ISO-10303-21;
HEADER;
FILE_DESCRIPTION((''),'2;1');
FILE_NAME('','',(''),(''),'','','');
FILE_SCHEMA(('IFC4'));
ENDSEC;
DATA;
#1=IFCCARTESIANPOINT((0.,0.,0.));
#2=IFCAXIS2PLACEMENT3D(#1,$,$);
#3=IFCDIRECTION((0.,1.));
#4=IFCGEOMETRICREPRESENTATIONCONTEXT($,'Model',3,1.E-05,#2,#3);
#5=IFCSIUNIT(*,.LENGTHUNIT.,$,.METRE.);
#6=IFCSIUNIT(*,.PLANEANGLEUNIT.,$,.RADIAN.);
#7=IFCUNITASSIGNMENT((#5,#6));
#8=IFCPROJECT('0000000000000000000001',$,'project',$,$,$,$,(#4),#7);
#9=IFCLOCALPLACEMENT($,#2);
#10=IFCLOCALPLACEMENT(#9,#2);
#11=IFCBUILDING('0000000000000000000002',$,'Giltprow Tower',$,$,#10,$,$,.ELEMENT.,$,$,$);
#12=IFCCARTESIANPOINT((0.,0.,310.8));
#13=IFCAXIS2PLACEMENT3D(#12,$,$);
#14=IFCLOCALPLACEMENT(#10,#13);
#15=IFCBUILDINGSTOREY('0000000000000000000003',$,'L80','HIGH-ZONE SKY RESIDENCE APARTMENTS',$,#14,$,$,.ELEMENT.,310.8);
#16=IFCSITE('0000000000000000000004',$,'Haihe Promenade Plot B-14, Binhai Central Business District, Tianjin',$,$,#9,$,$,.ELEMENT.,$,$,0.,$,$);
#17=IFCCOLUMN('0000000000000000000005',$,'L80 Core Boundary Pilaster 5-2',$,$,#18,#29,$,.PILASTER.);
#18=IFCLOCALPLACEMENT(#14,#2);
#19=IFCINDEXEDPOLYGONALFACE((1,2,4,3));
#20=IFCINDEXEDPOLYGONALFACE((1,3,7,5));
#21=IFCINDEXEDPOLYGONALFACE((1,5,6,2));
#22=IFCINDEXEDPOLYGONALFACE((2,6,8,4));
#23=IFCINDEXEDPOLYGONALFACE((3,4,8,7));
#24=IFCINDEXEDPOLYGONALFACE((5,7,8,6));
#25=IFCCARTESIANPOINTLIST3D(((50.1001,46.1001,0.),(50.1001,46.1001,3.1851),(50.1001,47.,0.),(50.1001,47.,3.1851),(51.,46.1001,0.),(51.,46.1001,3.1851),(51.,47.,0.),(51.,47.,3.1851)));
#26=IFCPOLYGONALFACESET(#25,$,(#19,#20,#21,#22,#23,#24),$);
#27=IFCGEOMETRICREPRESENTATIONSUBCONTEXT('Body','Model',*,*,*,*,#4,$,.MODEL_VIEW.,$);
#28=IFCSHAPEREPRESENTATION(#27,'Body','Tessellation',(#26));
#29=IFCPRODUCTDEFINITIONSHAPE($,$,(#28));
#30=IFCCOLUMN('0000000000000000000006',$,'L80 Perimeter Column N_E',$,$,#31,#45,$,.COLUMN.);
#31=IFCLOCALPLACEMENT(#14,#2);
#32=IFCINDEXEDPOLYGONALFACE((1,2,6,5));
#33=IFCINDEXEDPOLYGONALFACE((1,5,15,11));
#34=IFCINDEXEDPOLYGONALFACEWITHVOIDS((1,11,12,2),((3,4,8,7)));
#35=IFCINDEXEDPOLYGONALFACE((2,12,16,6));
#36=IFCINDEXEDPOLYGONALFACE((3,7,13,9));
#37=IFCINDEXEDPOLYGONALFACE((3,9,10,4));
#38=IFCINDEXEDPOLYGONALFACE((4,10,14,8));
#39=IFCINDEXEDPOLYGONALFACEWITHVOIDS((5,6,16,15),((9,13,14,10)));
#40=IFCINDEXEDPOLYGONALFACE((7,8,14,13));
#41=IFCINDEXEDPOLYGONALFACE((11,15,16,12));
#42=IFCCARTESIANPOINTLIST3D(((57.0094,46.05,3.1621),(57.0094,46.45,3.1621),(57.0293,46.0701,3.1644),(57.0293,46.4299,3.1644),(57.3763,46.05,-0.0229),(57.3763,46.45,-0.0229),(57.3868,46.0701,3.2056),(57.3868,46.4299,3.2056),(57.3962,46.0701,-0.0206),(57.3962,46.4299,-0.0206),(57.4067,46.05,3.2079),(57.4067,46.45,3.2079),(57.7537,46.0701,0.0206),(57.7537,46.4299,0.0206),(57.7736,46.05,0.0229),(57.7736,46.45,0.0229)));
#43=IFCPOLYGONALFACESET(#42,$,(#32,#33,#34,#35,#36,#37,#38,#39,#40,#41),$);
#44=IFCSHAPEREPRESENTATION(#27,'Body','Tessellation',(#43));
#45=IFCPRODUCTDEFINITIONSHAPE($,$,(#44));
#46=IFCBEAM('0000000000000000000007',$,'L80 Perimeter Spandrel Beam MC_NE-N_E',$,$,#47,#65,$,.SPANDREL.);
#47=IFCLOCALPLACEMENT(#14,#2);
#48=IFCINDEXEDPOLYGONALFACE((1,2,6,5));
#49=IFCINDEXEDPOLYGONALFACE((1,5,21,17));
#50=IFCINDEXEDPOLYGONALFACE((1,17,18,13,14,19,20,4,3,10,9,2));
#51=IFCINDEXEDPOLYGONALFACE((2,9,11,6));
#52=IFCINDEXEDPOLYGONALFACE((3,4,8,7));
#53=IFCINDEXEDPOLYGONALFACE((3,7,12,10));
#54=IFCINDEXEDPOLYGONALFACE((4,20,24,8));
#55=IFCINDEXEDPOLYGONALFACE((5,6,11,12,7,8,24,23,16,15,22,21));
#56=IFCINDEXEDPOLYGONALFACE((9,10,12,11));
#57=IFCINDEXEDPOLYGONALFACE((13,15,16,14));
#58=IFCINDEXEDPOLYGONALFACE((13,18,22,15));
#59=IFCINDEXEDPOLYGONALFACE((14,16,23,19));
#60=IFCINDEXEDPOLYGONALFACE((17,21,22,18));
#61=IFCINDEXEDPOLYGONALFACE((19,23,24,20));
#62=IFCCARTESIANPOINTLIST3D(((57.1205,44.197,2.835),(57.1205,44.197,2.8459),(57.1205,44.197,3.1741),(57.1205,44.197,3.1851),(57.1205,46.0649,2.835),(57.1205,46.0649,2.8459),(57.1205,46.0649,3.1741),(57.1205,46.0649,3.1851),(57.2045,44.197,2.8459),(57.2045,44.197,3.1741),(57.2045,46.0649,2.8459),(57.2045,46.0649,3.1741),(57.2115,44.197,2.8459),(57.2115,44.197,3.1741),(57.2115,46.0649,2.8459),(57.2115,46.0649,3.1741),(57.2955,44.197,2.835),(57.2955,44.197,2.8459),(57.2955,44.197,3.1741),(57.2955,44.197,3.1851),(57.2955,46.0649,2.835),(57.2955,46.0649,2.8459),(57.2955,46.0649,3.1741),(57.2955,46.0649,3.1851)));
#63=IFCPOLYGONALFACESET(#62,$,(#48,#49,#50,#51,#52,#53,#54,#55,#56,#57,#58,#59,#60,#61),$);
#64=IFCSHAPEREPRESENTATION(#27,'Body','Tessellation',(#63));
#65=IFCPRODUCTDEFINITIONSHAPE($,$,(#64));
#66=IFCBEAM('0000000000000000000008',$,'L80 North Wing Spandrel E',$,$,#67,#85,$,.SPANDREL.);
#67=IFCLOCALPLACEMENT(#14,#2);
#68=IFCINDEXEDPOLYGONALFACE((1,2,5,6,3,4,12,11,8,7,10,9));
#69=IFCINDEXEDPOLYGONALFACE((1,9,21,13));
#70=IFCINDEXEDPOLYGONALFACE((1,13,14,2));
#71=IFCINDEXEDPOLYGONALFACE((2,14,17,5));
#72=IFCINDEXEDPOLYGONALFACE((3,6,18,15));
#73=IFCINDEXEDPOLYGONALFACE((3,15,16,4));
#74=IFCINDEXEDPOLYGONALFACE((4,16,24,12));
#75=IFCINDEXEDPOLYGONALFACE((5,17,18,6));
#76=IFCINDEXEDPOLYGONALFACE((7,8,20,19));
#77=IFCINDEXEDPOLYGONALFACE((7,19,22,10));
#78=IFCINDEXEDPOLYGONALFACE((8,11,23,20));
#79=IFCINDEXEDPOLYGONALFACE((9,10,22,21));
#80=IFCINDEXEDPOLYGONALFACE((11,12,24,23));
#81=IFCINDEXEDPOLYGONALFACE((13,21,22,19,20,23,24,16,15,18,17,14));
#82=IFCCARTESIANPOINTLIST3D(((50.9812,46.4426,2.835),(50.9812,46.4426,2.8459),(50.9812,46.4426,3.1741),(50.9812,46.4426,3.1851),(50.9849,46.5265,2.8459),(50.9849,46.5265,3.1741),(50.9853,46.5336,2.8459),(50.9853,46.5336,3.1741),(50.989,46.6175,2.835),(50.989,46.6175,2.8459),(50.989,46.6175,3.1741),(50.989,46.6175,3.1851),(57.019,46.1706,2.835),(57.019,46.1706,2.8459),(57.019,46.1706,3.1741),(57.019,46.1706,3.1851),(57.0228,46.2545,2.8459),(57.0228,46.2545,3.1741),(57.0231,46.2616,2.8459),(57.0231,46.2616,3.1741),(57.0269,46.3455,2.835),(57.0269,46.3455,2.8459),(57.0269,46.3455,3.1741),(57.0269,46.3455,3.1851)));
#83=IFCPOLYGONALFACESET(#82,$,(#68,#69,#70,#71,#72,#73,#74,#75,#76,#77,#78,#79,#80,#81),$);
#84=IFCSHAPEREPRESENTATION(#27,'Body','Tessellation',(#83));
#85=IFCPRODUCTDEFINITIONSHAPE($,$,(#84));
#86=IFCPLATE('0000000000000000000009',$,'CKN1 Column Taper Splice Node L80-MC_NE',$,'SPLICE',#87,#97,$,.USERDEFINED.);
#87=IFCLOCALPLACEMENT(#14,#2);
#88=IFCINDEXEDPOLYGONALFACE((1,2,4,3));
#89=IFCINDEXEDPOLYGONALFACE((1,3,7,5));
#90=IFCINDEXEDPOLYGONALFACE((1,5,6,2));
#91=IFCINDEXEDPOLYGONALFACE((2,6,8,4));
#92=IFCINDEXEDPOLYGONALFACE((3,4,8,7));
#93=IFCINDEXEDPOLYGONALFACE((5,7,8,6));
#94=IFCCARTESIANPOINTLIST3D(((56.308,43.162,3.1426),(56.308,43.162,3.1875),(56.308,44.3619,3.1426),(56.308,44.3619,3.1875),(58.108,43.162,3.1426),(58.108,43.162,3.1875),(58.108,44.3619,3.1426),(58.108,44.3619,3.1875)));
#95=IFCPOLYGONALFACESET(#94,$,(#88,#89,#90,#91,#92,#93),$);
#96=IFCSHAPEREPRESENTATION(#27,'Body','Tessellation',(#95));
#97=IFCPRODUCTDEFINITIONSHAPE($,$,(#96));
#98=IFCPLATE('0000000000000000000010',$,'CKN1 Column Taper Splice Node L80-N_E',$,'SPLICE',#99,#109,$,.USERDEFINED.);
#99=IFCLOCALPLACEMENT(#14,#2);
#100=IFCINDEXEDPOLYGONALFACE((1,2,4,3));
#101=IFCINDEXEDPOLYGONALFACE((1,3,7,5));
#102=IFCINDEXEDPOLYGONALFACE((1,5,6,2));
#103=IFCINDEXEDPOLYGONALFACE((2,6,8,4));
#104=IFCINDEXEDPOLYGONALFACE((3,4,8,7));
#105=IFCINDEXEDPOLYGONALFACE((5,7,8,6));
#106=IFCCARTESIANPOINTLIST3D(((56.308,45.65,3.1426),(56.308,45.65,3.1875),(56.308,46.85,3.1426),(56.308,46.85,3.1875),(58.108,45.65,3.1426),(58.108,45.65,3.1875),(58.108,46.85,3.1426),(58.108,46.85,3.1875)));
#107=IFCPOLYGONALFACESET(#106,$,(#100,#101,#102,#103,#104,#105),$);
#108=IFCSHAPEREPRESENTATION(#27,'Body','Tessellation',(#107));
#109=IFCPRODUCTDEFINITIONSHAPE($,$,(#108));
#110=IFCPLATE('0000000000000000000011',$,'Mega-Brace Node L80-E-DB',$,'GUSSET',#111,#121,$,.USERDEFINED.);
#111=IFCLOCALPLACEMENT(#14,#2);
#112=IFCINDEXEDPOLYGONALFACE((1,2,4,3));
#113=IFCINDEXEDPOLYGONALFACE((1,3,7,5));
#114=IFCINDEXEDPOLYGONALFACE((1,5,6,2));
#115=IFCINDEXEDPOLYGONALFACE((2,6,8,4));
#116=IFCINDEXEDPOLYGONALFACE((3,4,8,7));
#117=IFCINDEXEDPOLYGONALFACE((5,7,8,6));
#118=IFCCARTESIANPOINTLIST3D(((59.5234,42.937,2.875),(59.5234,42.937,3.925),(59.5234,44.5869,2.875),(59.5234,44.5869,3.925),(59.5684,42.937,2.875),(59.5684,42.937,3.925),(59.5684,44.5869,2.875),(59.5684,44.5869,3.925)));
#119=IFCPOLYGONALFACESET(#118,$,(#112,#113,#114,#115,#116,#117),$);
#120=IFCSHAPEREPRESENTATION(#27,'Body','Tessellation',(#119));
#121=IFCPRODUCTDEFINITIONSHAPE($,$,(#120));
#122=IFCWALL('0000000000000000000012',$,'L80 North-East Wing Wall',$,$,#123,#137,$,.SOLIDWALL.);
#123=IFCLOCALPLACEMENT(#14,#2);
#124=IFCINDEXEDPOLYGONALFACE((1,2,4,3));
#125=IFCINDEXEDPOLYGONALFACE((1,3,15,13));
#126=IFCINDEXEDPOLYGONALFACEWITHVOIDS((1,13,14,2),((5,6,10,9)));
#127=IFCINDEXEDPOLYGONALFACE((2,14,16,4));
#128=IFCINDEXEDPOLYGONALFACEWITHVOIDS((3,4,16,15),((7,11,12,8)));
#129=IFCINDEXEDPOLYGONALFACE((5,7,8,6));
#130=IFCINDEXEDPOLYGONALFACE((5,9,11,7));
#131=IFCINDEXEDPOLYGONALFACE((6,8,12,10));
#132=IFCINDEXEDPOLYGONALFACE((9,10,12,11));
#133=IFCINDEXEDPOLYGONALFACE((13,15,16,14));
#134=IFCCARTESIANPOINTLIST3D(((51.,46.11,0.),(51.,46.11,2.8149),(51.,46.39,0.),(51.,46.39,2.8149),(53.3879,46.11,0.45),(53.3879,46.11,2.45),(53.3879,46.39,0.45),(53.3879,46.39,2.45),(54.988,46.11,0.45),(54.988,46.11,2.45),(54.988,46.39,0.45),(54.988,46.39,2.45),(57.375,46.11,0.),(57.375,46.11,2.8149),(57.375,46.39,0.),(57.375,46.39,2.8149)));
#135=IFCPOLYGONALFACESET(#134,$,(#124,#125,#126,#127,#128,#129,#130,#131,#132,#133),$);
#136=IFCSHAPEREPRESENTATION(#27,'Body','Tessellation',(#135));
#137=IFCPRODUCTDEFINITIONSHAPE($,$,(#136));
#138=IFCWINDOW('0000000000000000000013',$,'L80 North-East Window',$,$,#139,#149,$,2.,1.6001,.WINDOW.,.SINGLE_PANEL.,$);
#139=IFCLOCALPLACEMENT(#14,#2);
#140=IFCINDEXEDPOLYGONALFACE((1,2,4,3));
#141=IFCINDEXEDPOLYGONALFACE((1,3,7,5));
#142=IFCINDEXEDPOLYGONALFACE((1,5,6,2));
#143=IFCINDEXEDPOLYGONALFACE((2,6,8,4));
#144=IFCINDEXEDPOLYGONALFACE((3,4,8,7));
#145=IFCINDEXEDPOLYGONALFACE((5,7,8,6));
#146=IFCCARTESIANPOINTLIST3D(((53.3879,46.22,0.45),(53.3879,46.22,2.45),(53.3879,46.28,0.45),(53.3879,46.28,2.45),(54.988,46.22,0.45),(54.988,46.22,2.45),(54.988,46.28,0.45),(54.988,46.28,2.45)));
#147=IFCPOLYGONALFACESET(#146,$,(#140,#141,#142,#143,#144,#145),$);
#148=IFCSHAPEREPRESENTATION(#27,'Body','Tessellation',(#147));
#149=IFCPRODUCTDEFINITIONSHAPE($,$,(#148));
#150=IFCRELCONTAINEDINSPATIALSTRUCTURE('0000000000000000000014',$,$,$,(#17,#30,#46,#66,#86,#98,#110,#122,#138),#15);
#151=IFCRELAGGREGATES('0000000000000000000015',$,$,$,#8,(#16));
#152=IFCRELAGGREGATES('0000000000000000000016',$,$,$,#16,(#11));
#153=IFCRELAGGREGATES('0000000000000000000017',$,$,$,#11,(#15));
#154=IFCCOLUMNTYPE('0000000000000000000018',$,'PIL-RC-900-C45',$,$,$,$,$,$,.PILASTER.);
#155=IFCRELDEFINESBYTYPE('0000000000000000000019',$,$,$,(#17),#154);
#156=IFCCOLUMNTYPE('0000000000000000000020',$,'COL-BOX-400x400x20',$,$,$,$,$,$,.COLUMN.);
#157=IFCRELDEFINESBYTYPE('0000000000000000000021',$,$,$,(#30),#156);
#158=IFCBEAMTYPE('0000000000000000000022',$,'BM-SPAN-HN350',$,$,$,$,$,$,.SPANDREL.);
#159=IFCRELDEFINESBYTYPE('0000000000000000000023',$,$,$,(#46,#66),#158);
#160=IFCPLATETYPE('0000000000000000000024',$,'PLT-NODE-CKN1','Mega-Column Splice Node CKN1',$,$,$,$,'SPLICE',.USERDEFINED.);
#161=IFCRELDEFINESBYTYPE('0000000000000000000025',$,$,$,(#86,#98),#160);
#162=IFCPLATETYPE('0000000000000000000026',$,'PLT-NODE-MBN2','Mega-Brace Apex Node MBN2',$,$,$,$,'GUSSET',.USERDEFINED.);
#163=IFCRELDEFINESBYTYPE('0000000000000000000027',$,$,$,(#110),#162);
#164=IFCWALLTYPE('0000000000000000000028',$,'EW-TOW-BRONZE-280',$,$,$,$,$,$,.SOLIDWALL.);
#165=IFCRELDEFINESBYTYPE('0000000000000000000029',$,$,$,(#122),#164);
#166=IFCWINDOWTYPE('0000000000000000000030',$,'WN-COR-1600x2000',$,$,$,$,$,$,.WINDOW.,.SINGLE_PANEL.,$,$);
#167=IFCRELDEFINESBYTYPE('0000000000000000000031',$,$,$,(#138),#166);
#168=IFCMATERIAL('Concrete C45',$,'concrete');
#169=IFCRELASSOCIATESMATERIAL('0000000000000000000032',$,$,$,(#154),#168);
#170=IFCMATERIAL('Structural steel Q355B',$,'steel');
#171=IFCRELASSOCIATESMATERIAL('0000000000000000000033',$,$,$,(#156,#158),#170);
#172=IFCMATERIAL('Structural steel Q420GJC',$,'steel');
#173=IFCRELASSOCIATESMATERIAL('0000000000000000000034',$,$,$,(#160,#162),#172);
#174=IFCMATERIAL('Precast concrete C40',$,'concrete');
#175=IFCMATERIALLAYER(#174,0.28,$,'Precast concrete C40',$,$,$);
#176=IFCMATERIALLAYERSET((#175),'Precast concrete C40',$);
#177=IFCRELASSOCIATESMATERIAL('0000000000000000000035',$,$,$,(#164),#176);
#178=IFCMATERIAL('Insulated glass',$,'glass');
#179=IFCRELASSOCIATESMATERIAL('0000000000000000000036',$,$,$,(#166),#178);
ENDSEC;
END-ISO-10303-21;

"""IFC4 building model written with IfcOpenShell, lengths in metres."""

from ifc_helpers import new_model, si_unit, direction, frame, frame_2d, origin, origin_2d, place, context, subcontext, project, spatial, rectangle, hollow_rectangle, i_section, extrude, source, transform, mapped, material, layer, layer_set, material_profile, profile_set, type_object, element, fill, save


model = new_model("IFC4")

# Units and contexts
model_context = context("Model", 3, precision=1e-05, world=origin(), true_north=direction((0.0, 1.0)))
body_context = subcontext(model_context, "Body", "Model", "MODEL_VIEW")
ifc_project = project(units=[si_unit("LENGTHUNIT", "METRE"), si_unit("PLANEANGLEUNIT", "RADIAN")], contexts=[model_context])

# Site, building, storey
site_placement = place(None, origin())
site = spatial("IfcSite", under=ifc_project, at=site_placement, Name="Haihe Promenade Plot B-14, Binhai Central Business District, Tianjin", CompositionType="ELEMENT", RefElevation=0.0)
building_placement = place(site_placement, origin())
building = spatial("IfcBuilding", under=site, at=building_placement, Name="Giltprow Tower", CompositionType="ELEMENT")
storey_placement = place(building_placement, frame((0.0, 0.0, 310.8)))
storey = spatial("IfcBuildingStorey", under=building, at=storey_placement, Name="L80", Description="HIGH-ZONE SKY RESIDENCE APARTMENTS", CompositionType="ELEMENT", Elevation=310.8)

# Columns
ifc_material_1 = material(Name="Concrete C45", Category="concrete")
ifc_material_profile_1 = material_profile(ifc_material_1, rectangle(XDim=0.8999, YDim=0.8999, at=origin_2d()), Name="RC 900x900")
ifc_profile_set_1 = profile_set([ifc_material_profile_1], Name="Concrete C45")
column_type_1 = type_object("IfcColumnType", Name="PIL-RC-900-C45", PredefinedType="PILASTER", material=ifc_profile_set_1)
shared_shape_1 = source(origin(), body_context, "Body", "SweptSolid", [
    extrude(rectangle(XDim=0.8999, YDim=0.8999, at=origin_2d()), origin(), (0.0, 0.0, 1.0), 3.1851),
])
column_1_placement = place(storey_placement, frame((50.55, 46.55, 0.0), z_axis=(0.0, 0.0, 1.0), x_axis=(1.0, 0.0, 0.0)))
element("IfcColumn", 1, at=column_1_placement, inside=storey, type_object=column_type_1, Name="L80 Core Boundary Pilaster 5-2", PredefinedType="PILASTER", context=body_context, shape_type="MappedRepresentation", body=[
    mapped(shared_shape_1, transform((0.0, 0.0, 0.0), x_axis=(1.0, 0.0, 0.0), y_axis=(0.0, 1.0, 0.0), z_axis=(0.0, 0.0, 1.0), scale=1.0)),
])
ifc_material_2 = material(Name="Structural steel Q355B", Category="steel")
ifc_material_profile_2 = material_profile(ifc_material_2, hollow_rectangle(XDim=0.3999, YDim=0.3999, WallThickness=0.02, at=origin_2d()), Name="BOX 400x400x20")
ifc_profile_set_2 = profile_set([ifc_material_profile_2], Name="Structural steel Q355B")
column_type_2 = type_object("IfcColumnType", Name="COL-BOX-400x400x20", PredefinedType="COLUMN", material=ifc_profile_set_2)
shared_shape_2 = source(origin(), body_context, "Body", "SweptSolid", [
    extrude(hollow_rectangle(XDim=0.3999, YDim=0.3999, WallThickness=0.02, at=origin_2d()), origin(), (0.0, 0.0, 1.0), 3.2061),
])
column_2_placement = place(storey_placement, frame((57.575, 46.25, 0.0), z_axis=(-0.114451, 0.0, 0.993429), x_axis=(0.0, -1.0, 0.0)))
element("IfcColumn", 2, at=column_2_placement, inside=storey, type_object=column_type_2, Name="L80 Perimeter Column N_E", PredefinedType="COLUMN", context=body_context, shape_type="MappedRepresentation", body=[
    mapped(shared_shape_2, transform((0.0, 0.0, 0.0), x_axis=(1.0, 0.0, 0.0), y_axis=(0.0, 1.0, 0.0), z_axis=(0.0, 0.0, 1.0), scale=1.0)),
])

# Beams
ifc_material_profile_3 = material_profile(ifc_material_2, i_section(OverallWidth=0.175, OverallDepth=0.3501, WebThickness=0.0071, FlangeThickness=0.011, at=origin_2d()), Name="HN 350x175x7x11")
ifc_profile_set_3 = profile_set([ifc_material_profile_3], Name="Structural steel Q355B")
beam_type = type_object("IfcBeamType", Name="BM-SPAN-HN350", PredefinedType="SPANDREL", material=ifc_profile_set_3)
shared_shape_3 = source(origin(), body_context, "Body", "SweptSolid", [
    extrude(i_section(OverallWidth=0.175, OverallDepth=0.3501, WebThickness=0.0071, FlangeThickness=0.011, at=origin_2d()), origin(), (0.0, 0.0, 1.0), 1.8679),
])
beam_1_placement = place(storey_placement, frame((57.208, 44.197, 3.01), z_axis=(0.0, 1.0, 0.0), x_axis=(-1.0, 0.0, 0.0)))
element("IfcBeam", 3, at=beam_1_placement, inside=storey, type_object=beam_type, Name="L80 Perimeter Spandrel Beam MC_NE-N_E", PredefinedType="SPANDREL", context=body_context, shape_type="MappedRepresentation", body=[
    mapped(shared_shape_3, transform((0.0, 0.0, 0.0), x_axis=(1.0, 0.0, 0.0), y_axis=(0.0, 1.0, 0.0), z_axis=(0.0, 0.0, 1.0), scale=1.0)),
])
shared_shape_4 = source(origin(), body_context, "Body", "SweptSolid", [
    extrude(i_section(OverallWidth=0.175, OverallDepth=0.3501, WebThickness=0.0071, FlangeThickness=0.011, at=origin_2d()), origin(), (0.0, 0.0, 1.0), 6.0439),
])
beam_2_placement = place(storey_placement, frame((50.9851, 46.53, 3.01), z_axis=(0.998987, -0.044999, 0.0), x_axis=(0.044999, 0.998987, 0.0)))
element("IfcBeam", 4, at=beam_2_placement, inside=storey, type_object=beam_type, Name="L80 North Wing Spandrel E", PredefinedType="SPANDREL", context=body_context, shape_type="MappedRepresentation", body=[
    mapped(shared_shape_4, transform((0.0, 0.0, 0.0), x_axis=(1.0, 0.0, 0.0), y_axis=(0.0, 1.0, 0.0), z_axis=(0.0, 0.0, 1.0), scale=1.0)),
])

# Plates
ifc_material_3 = material(Name="Structural steel Q420GJC", Category="steel")
plate_type_1 = type_object("IfcPlateType", Name="PLT-NODE-CKN1", Description="Mega-Column Splice Node CKN1", ElementType="SPLICE", PredefinedType="USERDEFINED", material=ifc_material_3)
shared_shape_5 = source(origin(), body_context, "Body", "SweptSolid", [
    extrude(rectangle(XDim=1.8, YDim=1.2, at=origin_2d()), origin(), (0.0, 0.0, 1.0), 0.0449),
])
for number, where, z_axis, x_axis, name in (
    (5, (57.208, 43.762, 3.1426), (0.0, 0.0, 1.0), (1.0, 0.0, 0.0), "CKN1 Column Taper Splice Node L80-MC_NE"),
    (6, (57.208, 46.25, 3.1426), (0.0, 0.0, 1.0), (1.0, 0.0, 0.0), "CKN1 Column Taper Splice Node L80-N_E"),
):
    element("IfcPlate", number, at=place(storey_placement, frame(where, z_axis=z_axis, x_axis=x_axis)), inside=storey, type_object=plate_type_1, Name=name, ObjectType="SPLICE", PredefinedType="USERDEFINED", context=body_context, shape_type="MappedRepresentation", body=[
        mapped(shared_shape_5, transform((0.0, 0.0, 0.0), x_axis=(1.0, 0.0, 0.0), y_axis=(0.0, 1.0, 0.0), z_axis=(0.0, 0.0, 1.0), scale=1.0)),
    ])
plate_type_2 = type_object("IfcPlateType", Name="PLT-NODE-MBN2", Description="Mega-Brace Apex Node MBN2", ElementType="GUSSET", PredefinedType="USERDEFINED", material=ifc_material_3)
shared_shape_6 = source(origin(), body_context, "Body", "SweptSolid", [
    extrude(rectangle(XDim=1.6499, YDim=0.0449, at=origin_2d()), origin(), (0.0, 0.0, 1.0), 1.05),
])
plate_placement = place(storey_placement, frame((59.5459, 43.762, 2.875), z_axis=(0.0, 0.0, 1.0), x_axis=(0.0, 1.0, 0.0)))
element("IfcPlate", 7, at=plate_placement, inside=storey, type_object=plate_type_2, Name="Mega-Brace Node L80-E-DB", ObjectType="GUSSET", PredefinedType="USERDEFINED", context=body_context, shape_type="MappedRepresentation", body=[
    mapped(shared_shape_6, transform((0.0, 0.0, 0.0), x_axis=(1.0, 0.0, 0.0), y_axis=(0.0, 1.0, 0.0), z_axis=(0.0, 0.0, 1.0), scale=1.0)),
])

# Wall, opening, window
ifc_material_4 = material(Name="Precast concrete C40", Category="concrete")
ifc_layer = layer(ifc_material_4, 0.28, Name="Precast concrete C40")
ifc_layer_set = layer_set([ifc_layer], Name="Precast concrete C40")
wall_type = type_object("IfcWallType", Name="EW-TOW-BRONZE-280", PredefinedType="SOLIDWALL", material=ifc_layer_set)
wall_placement = place(storey_placement, frame((51.0, 46.25, 0.0), z_axis=(0.0, 0.0, 1.0), x_axis=(1.0, 0.0, 0.0)))
wall = element("IfcWall", 8, at=wall_placement, inside=storey, type_object=wall_type, Name="L80 North-East Wing Wall", PredefinedType="SOLIDWALL", context=body_context, shape_type="SweptSolid", body=[
    extrude(rectangle(XDim=6.375, YDim=0.28, at=frame_2d((3.1875, 0.0))), origin(), (0.0, 0.0, 1.0), 2.8149),
])
opening_placement = place(wall_placement, frame((2.3879, 0.0, 0.45)))
opening = element("IfcOpeningElement", 9, at=opening_placement, cuts=wall, PredefinedType="OPENING", context=body_context, shape_type="SweptSolid", body=[
    extrude(rectangle(XDim=1.6001, YDim=2.0, at=frame_2d((0.8, 1.0))), frame((0.0, 0.1499, 0.0), z_axis=(0.0, -1.0, 0.0), x_axis=(1.0, 0.0, 0.0)), (0.0, 0.0, 1.0), 0.3),
])
ifc_material_5 = material(Name="Insulated glass", Category="glass")
window_type = type_object("IfcWindowType", Name="WN-COR-1600x2000", PartitioningType="SINGLE_PANEL", PredefinedType="WINDOW", material=ifc_material_5)
shared_shape_7 = source(origin(), body_context, "Body", "SweptSolid", [
    extrude(rectangle(XDim=1.6001, YDim=2.0, at=frame_2d((0.8, 1.0))), frame((0.0, 0.03, 0.0), z_axis=(0.0, -1.0, 0.0), x_axis=(1.0, 0.0, 0.0)), (0.0, 0.0, 1.0), 0.0601),
])
window_placement = place(opening_placement, origin())
window = element("IfcWindow", 10, at=window_placement, inside=storey, type_object=window_type, Name="L80 North-East Window", OverallHeight=2.0, OverallWidth=1.6001, PartitioningType="SINGLE_PANEL", PredefinedType="WINDOW", context=body_context, shape_type="MappedRepresentation", body=[
    mapped(shared_shape_7, transform((0.0, 0.0, 0.0), x_axis=(1.0, 0.0, 0.0), y_axis=(0.0, 1.0, 0.0), z_axis=(0.0, 0.0, 1.0), scale=1.0)),
])
fill(opening, window)

save(model, "model.ifc")
